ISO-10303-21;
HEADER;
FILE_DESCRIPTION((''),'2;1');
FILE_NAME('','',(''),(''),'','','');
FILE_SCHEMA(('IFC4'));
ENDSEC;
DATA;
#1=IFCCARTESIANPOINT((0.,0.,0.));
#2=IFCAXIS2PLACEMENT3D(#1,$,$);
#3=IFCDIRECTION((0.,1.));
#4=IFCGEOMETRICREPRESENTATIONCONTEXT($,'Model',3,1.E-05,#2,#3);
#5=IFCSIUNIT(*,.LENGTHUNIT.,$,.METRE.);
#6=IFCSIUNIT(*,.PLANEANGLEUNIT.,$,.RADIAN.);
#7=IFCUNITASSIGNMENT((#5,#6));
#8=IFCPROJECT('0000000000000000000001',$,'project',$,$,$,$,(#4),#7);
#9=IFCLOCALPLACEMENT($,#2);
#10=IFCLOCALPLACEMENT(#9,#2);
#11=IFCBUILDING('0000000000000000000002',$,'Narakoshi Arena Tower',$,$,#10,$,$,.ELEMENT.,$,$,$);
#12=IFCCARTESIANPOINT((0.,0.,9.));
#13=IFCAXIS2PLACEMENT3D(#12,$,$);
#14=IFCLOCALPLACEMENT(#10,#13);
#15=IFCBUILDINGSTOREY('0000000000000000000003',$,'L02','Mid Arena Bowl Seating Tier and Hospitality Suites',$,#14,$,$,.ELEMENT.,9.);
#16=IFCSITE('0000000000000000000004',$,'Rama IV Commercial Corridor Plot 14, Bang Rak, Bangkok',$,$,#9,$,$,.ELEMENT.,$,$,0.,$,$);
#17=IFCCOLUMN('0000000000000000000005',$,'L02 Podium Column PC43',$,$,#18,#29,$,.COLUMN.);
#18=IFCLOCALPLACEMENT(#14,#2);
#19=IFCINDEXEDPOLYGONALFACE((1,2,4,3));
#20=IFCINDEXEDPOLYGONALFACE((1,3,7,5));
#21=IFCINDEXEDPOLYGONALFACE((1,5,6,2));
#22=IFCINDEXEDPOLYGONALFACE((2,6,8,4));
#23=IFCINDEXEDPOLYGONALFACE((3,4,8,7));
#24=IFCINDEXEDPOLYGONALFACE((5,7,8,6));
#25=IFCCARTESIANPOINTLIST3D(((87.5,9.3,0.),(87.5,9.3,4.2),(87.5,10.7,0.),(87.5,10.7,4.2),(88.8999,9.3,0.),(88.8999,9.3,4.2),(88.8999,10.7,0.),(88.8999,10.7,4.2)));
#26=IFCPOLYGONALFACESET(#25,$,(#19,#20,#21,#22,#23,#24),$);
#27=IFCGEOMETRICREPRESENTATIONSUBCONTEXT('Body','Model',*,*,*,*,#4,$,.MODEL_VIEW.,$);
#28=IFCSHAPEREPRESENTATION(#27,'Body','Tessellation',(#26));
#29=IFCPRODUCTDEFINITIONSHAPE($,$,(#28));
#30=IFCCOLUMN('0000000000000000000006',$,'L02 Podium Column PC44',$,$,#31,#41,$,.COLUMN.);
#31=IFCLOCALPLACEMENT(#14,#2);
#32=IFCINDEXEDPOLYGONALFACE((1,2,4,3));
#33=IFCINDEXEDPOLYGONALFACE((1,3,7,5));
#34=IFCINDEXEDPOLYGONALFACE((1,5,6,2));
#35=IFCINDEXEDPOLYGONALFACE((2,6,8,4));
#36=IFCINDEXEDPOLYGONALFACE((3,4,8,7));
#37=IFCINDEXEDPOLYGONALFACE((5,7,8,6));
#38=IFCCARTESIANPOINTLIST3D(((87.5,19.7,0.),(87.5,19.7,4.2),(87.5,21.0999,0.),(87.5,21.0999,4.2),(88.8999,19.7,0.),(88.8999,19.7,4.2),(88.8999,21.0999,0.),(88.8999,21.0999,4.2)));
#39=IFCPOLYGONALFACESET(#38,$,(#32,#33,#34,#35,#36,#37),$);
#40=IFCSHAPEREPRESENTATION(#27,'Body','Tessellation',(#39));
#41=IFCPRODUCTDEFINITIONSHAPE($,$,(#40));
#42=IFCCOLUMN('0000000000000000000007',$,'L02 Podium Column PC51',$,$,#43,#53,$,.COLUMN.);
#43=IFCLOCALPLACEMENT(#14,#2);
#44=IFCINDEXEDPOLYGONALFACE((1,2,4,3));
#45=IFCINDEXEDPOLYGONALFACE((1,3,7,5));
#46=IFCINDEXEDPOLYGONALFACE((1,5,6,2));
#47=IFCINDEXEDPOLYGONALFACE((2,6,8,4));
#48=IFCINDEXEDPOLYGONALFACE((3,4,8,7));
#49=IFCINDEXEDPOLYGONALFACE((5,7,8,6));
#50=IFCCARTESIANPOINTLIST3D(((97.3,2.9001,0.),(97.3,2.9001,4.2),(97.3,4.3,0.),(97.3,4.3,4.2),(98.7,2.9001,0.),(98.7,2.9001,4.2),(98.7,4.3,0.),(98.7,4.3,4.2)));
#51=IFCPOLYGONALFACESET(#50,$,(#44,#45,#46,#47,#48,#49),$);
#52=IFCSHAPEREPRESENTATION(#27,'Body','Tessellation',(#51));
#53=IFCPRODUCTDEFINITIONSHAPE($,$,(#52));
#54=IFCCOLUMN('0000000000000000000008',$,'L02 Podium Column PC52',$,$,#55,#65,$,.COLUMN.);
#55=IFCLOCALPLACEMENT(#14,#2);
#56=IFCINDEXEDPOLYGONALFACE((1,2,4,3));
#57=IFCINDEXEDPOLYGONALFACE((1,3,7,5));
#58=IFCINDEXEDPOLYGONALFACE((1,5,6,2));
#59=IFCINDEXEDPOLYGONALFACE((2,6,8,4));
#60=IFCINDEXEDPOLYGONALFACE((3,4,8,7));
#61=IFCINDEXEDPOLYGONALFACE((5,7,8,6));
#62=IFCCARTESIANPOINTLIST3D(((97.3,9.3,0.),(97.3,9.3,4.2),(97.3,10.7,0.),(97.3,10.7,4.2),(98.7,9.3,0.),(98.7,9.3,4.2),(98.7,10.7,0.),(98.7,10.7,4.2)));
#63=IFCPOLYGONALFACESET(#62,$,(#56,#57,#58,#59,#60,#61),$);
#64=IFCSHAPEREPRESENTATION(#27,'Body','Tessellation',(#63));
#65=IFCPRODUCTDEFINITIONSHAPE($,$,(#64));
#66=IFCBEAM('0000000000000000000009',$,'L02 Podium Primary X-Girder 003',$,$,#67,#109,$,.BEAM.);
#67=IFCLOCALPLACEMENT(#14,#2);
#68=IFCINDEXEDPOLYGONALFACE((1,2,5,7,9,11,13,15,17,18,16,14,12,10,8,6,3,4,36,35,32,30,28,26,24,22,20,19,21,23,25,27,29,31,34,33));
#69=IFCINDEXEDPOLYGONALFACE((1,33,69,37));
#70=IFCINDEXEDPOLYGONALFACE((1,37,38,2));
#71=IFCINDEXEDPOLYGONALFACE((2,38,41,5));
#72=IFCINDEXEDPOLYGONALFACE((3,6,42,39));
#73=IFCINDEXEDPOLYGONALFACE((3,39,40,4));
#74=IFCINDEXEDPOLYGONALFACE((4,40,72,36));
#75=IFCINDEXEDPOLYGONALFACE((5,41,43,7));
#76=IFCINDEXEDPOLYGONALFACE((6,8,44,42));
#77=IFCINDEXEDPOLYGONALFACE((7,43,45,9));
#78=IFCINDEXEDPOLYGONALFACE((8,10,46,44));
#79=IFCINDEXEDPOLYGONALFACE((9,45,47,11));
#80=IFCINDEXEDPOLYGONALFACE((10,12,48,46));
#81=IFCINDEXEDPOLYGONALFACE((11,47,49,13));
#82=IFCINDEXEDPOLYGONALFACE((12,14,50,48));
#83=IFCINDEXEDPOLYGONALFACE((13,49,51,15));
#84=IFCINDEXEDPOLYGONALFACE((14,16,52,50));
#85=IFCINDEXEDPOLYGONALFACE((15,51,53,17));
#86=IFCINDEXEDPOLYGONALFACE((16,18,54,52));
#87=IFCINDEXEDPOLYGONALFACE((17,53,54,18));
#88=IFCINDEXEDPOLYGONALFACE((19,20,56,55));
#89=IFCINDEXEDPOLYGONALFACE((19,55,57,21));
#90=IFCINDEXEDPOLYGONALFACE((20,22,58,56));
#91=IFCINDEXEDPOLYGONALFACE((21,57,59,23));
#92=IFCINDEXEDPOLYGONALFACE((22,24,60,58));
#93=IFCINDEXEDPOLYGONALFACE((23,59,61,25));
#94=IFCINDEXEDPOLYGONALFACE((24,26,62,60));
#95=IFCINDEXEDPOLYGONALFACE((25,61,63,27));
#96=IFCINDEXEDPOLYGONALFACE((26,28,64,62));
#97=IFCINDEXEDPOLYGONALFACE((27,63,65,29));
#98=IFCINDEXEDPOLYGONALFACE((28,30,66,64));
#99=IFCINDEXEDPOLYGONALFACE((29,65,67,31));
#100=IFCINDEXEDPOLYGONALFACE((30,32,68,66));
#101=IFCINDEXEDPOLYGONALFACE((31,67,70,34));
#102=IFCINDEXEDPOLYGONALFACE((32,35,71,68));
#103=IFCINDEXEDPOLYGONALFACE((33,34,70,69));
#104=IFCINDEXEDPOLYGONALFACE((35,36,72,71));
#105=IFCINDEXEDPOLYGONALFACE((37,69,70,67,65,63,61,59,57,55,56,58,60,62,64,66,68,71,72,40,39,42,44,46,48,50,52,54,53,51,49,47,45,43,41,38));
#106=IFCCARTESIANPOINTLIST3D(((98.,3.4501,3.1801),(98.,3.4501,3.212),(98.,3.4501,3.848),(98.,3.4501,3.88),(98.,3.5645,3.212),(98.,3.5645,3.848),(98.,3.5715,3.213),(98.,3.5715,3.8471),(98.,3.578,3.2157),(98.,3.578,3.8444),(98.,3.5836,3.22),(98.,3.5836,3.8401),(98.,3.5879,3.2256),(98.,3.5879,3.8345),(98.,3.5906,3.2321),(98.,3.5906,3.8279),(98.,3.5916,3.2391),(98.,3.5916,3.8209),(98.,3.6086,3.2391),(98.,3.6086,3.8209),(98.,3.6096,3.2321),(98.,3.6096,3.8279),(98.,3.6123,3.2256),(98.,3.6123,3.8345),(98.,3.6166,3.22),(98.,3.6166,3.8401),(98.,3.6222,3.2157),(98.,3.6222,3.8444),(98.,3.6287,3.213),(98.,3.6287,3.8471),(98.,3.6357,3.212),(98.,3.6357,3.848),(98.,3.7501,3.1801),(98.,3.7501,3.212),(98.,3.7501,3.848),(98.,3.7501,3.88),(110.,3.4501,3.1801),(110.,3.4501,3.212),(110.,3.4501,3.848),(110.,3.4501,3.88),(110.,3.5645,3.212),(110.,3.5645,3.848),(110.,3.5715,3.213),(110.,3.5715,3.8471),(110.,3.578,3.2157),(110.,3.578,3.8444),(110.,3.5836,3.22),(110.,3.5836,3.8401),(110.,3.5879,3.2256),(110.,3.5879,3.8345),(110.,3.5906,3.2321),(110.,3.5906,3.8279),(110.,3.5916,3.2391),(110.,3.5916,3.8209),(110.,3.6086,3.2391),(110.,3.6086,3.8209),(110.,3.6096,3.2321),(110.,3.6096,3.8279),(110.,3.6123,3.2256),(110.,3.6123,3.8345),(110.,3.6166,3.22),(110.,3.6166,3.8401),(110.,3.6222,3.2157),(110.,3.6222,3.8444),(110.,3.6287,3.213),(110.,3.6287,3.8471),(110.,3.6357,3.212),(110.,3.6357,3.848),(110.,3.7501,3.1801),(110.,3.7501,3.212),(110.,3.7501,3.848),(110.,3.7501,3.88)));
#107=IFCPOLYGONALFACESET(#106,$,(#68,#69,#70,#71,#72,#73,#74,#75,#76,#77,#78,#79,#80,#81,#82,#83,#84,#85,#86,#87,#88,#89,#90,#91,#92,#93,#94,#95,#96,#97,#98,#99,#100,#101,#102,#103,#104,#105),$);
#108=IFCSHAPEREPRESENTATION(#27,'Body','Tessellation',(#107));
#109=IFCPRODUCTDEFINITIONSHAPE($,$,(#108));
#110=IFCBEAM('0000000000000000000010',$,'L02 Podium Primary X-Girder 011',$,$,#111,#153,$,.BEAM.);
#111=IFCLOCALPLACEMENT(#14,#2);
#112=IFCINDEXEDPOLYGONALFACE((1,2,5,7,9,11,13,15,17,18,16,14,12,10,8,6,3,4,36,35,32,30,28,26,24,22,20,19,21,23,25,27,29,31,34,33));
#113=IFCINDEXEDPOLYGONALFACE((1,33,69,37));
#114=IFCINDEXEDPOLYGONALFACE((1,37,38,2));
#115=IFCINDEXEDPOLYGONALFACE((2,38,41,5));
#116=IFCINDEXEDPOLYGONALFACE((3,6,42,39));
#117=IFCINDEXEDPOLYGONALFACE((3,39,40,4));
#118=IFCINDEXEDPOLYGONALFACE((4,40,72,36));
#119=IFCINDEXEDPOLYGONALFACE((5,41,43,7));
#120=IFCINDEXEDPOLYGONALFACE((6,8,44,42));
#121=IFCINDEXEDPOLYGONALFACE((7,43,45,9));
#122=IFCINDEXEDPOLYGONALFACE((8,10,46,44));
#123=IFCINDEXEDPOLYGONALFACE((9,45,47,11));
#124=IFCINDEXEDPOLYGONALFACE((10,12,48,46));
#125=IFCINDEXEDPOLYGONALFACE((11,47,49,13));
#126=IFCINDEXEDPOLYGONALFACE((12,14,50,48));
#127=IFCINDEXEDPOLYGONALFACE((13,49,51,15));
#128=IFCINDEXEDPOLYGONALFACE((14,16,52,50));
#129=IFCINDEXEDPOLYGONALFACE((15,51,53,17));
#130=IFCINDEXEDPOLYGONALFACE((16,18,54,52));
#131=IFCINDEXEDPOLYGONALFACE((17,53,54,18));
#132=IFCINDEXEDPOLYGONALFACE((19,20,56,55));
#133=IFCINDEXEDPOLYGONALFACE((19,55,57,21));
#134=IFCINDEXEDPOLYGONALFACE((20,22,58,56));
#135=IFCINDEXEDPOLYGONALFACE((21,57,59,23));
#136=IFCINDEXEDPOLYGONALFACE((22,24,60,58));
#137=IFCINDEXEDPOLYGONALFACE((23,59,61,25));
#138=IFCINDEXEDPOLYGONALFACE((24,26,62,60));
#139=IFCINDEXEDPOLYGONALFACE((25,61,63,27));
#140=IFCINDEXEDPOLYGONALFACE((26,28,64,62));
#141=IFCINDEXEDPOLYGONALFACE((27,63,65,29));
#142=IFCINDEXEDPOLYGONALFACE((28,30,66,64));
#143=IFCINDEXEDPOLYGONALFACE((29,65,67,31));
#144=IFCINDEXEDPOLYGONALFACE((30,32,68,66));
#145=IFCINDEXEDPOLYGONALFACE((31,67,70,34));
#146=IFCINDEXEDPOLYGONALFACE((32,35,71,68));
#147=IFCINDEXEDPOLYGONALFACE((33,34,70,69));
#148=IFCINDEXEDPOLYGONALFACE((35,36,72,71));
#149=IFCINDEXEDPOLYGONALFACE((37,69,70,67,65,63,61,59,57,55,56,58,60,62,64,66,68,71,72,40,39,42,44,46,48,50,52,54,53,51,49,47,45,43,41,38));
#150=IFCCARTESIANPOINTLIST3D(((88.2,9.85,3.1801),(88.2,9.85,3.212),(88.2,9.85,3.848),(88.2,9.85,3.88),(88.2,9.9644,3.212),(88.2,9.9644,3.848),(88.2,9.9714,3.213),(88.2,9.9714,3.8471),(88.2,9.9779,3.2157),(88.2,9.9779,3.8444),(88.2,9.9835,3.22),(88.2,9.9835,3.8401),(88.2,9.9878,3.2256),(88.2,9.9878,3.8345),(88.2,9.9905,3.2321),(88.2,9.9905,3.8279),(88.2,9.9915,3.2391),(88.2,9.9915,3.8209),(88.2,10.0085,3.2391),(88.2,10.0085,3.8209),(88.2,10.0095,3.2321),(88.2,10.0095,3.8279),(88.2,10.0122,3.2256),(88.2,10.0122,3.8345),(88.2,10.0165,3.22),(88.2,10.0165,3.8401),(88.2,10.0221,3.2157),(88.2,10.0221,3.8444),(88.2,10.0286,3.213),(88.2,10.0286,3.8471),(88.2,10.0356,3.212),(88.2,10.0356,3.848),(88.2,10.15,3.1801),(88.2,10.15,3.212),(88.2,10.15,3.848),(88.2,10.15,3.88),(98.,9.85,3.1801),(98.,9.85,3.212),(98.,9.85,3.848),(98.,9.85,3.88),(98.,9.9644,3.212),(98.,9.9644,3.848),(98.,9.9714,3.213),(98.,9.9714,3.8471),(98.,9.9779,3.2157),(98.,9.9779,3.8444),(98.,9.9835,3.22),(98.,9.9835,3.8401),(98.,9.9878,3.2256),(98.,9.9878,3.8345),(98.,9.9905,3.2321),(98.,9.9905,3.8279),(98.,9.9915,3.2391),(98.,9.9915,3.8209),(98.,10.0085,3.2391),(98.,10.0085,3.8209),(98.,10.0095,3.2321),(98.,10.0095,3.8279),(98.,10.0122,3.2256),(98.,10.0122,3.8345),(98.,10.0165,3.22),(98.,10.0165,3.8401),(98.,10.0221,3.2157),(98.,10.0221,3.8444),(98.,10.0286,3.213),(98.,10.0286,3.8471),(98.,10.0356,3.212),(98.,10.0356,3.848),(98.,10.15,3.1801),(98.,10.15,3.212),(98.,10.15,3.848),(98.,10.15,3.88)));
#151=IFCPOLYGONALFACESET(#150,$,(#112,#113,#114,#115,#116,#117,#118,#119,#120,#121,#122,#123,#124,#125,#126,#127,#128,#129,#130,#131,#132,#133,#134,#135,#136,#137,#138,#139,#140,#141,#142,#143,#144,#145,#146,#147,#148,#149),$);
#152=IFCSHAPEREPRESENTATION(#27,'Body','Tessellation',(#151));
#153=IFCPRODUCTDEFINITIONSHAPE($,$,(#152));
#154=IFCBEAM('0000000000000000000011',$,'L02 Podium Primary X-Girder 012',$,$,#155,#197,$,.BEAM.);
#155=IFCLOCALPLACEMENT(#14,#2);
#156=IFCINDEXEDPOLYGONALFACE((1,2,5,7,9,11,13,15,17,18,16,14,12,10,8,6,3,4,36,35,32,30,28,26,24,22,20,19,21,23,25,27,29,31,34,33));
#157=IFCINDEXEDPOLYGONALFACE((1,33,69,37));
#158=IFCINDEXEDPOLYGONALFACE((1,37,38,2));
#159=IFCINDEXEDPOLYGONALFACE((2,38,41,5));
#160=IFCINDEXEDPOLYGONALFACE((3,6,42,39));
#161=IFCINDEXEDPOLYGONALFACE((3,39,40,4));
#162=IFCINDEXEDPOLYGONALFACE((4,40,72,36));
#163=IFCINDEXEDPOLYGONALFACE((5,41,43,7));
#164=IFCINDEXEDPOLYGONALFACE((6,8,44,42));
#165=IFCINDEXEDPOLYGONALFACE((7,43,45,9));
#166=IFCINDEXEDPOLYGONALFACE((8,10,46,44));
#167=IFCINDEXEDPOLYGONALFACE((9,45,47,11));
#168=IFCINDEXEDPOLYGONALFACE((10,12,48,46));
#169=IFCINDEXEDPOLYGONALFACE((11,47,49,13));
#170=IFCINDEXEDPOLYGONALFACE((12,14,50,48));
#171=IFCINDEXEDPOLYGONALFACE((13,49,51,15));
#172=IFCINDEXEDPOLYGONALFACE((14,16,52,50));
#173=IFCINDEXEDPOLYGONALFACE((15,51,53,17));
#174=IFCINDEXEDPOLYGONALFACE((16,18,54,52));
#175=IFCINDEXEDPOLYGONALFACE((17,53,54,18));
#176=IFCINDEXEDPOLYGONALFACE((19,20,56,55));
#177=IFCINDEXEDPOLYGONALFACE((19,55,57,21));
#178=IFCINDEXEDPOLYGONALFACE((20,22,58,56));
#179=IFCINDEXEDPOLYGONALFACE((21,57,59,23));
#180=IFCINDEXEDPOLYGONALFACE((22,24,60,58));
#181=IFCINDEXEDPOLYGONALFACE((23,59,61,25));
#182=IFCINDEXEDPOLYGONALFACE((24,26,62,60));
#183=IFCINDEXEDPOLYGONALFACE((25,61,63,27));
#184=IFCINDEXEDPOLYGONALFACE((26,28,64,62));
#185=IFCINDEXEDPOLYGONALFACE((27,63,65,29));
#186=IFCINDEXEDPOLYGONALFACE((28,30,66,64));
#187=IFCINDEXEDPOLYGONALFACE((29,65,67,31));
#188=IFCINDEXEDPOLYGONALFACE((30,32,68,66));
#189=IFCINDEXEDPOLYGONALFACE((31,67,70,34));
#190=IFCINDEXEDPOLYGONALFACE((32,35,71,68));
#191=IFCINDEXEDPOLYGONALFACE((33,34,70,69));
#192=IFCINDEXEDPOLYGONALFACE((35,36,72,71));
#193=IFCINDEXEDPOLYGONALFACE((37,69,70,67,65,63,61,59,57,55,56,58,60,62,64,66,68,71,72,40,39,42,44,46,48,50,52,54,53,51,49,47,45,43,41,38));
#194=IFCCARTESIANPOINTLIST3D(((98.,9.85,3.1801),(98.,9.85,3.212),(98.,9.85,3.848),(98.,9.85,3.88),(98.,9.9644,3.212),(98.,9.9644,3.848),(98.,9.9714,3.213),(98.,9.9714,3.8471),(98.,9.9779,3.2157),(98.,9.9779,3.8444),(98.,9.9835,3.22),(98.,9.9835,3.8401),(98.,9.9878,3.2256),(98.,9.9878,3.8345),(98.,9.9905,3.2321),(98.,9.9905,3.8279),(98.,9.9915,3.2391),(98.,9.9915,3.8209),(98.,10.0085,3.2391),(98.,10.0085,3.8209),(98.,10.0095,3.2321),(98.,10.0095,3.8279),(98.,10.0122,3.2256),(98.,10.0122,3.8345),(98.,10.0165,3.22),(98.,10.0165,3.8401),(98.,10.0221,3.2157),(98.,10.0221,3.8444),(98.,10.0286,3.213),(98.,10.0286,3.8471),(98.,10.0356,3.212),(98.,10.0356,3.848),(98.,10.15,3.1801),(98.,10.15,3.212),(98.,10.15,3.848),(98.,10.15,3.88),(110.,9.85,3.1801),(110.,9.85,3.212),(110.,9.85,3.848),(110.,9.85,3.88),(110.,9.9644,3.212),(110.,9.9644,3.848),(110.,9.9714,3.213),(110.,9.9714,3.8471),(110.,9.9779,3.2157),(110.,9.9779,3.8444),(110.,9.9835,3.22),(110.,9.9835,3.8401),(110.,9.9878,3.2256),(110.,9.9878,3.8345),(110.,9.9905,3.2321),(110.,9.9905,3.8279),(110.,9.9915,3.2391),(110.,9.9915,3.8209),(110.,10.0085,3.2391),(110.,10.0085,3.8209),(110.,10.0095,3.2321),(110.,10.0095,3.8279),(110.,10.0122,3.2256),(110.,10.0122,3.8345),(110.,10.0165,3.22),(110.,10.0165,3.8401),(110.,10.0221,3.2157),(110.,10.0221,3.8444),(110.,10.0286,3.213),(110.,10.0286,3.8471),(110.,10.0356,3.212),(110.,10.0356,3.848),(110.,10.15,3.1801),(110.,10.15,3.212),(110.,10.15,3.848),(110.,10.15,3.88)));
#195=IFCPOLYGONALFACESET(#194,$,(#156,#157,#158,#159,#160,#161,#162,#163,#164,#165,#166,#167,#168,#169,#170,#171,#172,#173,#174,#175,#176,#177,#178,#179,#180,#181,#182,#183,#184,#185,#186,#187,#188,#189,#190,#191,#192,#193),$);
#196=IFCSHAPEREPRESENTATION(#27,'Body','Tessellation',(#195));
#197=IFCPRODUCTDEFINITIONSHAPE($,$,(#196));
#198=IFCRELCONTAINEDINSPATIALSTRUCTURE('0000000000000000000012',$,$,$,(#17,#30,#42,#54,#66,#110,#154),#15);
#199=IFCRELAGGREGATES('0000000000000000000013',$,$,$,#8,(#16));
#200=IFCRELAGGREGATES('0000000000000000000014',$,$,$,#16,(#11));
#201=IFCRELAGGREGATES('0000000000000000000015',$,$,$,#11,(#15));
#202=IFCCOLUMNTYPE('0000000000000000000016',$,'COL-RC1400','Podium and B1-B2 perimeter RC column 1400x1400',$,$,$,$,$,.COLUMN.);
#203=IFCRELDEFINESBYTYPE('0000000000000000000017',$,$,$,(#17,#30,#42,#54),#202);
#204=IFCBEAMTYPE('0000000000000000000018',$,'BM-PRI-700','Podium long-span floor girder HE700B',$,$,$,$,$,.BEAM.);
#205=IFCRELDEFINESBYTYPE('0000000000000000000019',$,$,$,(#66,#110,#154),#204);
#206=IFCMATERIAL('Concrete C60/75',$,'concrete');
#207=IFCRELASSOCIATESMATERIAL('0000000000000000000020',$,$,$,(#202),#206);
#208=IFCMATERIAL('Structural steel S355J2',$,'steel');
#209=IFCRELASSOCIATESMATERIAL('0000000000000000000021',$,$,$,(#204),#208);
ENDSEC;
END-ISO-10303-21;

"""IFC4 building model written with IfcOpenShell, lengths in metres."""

from ifc_helpers import new_model, si_unit, direction, frame, origin, origin_2d, place, context, subcontext, project, spatial, rectangle, i_section, extrude, material, material_profile, profile_set, type_object, element, save


model = new_model("IFC4")

# Units and contexts
model_context = context("Model", 3, precision=1e-05, world=origin(), true_north=direction((0.0, 1.0)))
body_context = subcontext(model_context, "Body", "Model", "MODEL_VIEW")
ifc_project = project(units=[si_unit("LENGTHUNIT", "METRE"), si_unit("PLANEANGLEUNIT", "RADIAN")], contexts=[model_context])

# Site, building, storey
site_placement = place(None, origin())
site = spatial("IfcSite", under=ifc_project, at=site_placement, Name="Rama IV Commercial Corridor Plot 14, Bang Rak, Bangkok", CompositionType="ELEMENT", RefElevation=0.0)
building_placement = place(site_placement, origin())
building = spatial("IfcBuilding", under=site, at=building_placement, Name="Narakoshi Arena Tower", CompositionType="ELEMENT")
storey_placement = place(building_placement, frame((0.0, 0.0, 9.0)))
storey = spatial("IfcBuildingStorey", under=building, at=storey_placement, Name="L02", Description="Mid Arena Bowl Seating Tier and Hospitality Suites", CompositionType="ELEMENT", Elevation=9.0)

# Columns
ifc_material_1 = material(Name="Concrete C60/75", Category="concrete")
ifc_material_profile_1 = material_profile(ifc_material_1, rectangle(XDim=1.3999, YDim=1.3999, at=origin_2d()), Name="RC1400x1400")
ifc_profile_set_1 = profile_set([ifc_material_profile_1], Name="Concrete C60/75")
column_type = type_object("IfcColumnType", Name="COL-RC1400", Description="Podium and B1-B2 perimeter RC column 1400x1400", PredefinedType="COLUMN", material=ifc_profile_set_1)
for number, where, z_axis, x_axis, name in (
    (1, (88.2, 10.0, 0.0), (0.0, 0.0, 1.0), (1.0, 0.0, 0.0), "L02 Podium Column PC43"),
    (2, (88.2, 20.3999, 0.0), (0.0, 0.0, 1.0), (1.0, 0.0, 0.0), "L02 Podium Column PC44"),
    (3, (98.0, 3.6001, 0.0), (0.0, 0.0, 1.0), (1.0, 0.0, 0.0), "L02 Podium Column PC51"),
    (4, (98.0, 10.0, 0.0), (0.0, 0.0, 1.0), (1.0, 0.0, 0.0), "L02 Podium Column PC52"),
):
    element("IfcColumn", number, at=place(storey_placement, frame(where, z_axis=z_axis, x_axis=x_axis)), inside=storey, type_object=column_type, Name=name, PredefinedType="COLUMN", context=body_context, shape_type="SweptSolid", body=[
        extrude(rectangle(XDim=1.3999, YDim=1.3999, at=origin_2d()), origin(), (0.0, 0.0, 1.0), 4.2),
    ])

# Beams
ifc_material_2 = material(Name="Structural steel S355J2", Category="steel")
ifc_material_profile_2 = material_profile(ifc_material_2, i_section(OverallWidth=0.3, OverallDepth=0.7, WebThickness=0.0171, FlangeThickness=0.032, FilletRadius=0.0271, at=origin_2d()), Name="HE700B")
ifc_profile_set_2 = profile_set([ifc_material_profile_2], Name="Structural steel S355J2")
beam_type_1 = type_object("IfcBeamType", Name="BM-PRI-700", Description="Podium long-span floor girder HE700B", PredefinedType="BEAM", material=ifc_profile_set_2)
beam_1_placement = place(storey_placement, frame((98.0, 3.6001, 3.53), z_axis=(1.0, 0.0, 0.0), x_axis=(0.0, 1.0, 0.0)))
element("IfcBeam", 5, at=beam_1_placement, inside=storey, type_object=beam_type_1, Name="L02 Podium Primary X-Girder 003", PredefinedType="BEAM", context=body_context, shape_type="SweptSolid", body=[
    extrude(i_section(OverallWidth=0.3, OverallDepth=0.7, WebThickness=0.0171, FlangeThickness=0.032, FilletRadius=0.0271, at=origin_2d()), origin(), (0.0, 0.0, 1.0), 12.0),
])
beam_2_placement = place(storey_placement, frame((88.2, 10.0, 3.53), z_axis=(1.0, 0.0, 0.0), x_axis=(0.0, 1.0, 0.0)))
element("IfcBeam", 6, at=beam_2_placement, inside=storey, type_object=beam_type_1, Name="L02 Podium Primary X-Girder 011", PredefinedType="BEAM", context=body_context, shape_type="SweptSolid", body=[
    extrude(i_section(OverallWidth=0.3, OverallDepth=0.7, WebThickness=0.0171, FlangeThickness=0.032, FilletRadius=0.0271, at=origin_2d()), origin(), (0.0, 0.0, 1.0), 9.8),
])
beam_3_placement = place(storey_placement, frame((98.0, 10.0, 3.53), z_axis=(1.0, 0.0, 0.0), x_axis=(0.0, 1.0, 0.0)))
element("IfcBeam", 7, at=beam_3_placement, inside=storey, type_object=beam_type_1, Name="L02 Podium Primary X-Girder 012", PredefinedType="BEAM", context=body_context, shape_type="SweptSolid", body=[
    extrude(i_section(OverallWidth=0.3, OverallDepth=0.7, WebThickness=0.0171, FlangeThickness=0.032, FilletRadius=0.0271, at=origin_2d()), origin(), (0.0, 0.0, 1.0), 12.0),
])

save(model, "model.ifc")
